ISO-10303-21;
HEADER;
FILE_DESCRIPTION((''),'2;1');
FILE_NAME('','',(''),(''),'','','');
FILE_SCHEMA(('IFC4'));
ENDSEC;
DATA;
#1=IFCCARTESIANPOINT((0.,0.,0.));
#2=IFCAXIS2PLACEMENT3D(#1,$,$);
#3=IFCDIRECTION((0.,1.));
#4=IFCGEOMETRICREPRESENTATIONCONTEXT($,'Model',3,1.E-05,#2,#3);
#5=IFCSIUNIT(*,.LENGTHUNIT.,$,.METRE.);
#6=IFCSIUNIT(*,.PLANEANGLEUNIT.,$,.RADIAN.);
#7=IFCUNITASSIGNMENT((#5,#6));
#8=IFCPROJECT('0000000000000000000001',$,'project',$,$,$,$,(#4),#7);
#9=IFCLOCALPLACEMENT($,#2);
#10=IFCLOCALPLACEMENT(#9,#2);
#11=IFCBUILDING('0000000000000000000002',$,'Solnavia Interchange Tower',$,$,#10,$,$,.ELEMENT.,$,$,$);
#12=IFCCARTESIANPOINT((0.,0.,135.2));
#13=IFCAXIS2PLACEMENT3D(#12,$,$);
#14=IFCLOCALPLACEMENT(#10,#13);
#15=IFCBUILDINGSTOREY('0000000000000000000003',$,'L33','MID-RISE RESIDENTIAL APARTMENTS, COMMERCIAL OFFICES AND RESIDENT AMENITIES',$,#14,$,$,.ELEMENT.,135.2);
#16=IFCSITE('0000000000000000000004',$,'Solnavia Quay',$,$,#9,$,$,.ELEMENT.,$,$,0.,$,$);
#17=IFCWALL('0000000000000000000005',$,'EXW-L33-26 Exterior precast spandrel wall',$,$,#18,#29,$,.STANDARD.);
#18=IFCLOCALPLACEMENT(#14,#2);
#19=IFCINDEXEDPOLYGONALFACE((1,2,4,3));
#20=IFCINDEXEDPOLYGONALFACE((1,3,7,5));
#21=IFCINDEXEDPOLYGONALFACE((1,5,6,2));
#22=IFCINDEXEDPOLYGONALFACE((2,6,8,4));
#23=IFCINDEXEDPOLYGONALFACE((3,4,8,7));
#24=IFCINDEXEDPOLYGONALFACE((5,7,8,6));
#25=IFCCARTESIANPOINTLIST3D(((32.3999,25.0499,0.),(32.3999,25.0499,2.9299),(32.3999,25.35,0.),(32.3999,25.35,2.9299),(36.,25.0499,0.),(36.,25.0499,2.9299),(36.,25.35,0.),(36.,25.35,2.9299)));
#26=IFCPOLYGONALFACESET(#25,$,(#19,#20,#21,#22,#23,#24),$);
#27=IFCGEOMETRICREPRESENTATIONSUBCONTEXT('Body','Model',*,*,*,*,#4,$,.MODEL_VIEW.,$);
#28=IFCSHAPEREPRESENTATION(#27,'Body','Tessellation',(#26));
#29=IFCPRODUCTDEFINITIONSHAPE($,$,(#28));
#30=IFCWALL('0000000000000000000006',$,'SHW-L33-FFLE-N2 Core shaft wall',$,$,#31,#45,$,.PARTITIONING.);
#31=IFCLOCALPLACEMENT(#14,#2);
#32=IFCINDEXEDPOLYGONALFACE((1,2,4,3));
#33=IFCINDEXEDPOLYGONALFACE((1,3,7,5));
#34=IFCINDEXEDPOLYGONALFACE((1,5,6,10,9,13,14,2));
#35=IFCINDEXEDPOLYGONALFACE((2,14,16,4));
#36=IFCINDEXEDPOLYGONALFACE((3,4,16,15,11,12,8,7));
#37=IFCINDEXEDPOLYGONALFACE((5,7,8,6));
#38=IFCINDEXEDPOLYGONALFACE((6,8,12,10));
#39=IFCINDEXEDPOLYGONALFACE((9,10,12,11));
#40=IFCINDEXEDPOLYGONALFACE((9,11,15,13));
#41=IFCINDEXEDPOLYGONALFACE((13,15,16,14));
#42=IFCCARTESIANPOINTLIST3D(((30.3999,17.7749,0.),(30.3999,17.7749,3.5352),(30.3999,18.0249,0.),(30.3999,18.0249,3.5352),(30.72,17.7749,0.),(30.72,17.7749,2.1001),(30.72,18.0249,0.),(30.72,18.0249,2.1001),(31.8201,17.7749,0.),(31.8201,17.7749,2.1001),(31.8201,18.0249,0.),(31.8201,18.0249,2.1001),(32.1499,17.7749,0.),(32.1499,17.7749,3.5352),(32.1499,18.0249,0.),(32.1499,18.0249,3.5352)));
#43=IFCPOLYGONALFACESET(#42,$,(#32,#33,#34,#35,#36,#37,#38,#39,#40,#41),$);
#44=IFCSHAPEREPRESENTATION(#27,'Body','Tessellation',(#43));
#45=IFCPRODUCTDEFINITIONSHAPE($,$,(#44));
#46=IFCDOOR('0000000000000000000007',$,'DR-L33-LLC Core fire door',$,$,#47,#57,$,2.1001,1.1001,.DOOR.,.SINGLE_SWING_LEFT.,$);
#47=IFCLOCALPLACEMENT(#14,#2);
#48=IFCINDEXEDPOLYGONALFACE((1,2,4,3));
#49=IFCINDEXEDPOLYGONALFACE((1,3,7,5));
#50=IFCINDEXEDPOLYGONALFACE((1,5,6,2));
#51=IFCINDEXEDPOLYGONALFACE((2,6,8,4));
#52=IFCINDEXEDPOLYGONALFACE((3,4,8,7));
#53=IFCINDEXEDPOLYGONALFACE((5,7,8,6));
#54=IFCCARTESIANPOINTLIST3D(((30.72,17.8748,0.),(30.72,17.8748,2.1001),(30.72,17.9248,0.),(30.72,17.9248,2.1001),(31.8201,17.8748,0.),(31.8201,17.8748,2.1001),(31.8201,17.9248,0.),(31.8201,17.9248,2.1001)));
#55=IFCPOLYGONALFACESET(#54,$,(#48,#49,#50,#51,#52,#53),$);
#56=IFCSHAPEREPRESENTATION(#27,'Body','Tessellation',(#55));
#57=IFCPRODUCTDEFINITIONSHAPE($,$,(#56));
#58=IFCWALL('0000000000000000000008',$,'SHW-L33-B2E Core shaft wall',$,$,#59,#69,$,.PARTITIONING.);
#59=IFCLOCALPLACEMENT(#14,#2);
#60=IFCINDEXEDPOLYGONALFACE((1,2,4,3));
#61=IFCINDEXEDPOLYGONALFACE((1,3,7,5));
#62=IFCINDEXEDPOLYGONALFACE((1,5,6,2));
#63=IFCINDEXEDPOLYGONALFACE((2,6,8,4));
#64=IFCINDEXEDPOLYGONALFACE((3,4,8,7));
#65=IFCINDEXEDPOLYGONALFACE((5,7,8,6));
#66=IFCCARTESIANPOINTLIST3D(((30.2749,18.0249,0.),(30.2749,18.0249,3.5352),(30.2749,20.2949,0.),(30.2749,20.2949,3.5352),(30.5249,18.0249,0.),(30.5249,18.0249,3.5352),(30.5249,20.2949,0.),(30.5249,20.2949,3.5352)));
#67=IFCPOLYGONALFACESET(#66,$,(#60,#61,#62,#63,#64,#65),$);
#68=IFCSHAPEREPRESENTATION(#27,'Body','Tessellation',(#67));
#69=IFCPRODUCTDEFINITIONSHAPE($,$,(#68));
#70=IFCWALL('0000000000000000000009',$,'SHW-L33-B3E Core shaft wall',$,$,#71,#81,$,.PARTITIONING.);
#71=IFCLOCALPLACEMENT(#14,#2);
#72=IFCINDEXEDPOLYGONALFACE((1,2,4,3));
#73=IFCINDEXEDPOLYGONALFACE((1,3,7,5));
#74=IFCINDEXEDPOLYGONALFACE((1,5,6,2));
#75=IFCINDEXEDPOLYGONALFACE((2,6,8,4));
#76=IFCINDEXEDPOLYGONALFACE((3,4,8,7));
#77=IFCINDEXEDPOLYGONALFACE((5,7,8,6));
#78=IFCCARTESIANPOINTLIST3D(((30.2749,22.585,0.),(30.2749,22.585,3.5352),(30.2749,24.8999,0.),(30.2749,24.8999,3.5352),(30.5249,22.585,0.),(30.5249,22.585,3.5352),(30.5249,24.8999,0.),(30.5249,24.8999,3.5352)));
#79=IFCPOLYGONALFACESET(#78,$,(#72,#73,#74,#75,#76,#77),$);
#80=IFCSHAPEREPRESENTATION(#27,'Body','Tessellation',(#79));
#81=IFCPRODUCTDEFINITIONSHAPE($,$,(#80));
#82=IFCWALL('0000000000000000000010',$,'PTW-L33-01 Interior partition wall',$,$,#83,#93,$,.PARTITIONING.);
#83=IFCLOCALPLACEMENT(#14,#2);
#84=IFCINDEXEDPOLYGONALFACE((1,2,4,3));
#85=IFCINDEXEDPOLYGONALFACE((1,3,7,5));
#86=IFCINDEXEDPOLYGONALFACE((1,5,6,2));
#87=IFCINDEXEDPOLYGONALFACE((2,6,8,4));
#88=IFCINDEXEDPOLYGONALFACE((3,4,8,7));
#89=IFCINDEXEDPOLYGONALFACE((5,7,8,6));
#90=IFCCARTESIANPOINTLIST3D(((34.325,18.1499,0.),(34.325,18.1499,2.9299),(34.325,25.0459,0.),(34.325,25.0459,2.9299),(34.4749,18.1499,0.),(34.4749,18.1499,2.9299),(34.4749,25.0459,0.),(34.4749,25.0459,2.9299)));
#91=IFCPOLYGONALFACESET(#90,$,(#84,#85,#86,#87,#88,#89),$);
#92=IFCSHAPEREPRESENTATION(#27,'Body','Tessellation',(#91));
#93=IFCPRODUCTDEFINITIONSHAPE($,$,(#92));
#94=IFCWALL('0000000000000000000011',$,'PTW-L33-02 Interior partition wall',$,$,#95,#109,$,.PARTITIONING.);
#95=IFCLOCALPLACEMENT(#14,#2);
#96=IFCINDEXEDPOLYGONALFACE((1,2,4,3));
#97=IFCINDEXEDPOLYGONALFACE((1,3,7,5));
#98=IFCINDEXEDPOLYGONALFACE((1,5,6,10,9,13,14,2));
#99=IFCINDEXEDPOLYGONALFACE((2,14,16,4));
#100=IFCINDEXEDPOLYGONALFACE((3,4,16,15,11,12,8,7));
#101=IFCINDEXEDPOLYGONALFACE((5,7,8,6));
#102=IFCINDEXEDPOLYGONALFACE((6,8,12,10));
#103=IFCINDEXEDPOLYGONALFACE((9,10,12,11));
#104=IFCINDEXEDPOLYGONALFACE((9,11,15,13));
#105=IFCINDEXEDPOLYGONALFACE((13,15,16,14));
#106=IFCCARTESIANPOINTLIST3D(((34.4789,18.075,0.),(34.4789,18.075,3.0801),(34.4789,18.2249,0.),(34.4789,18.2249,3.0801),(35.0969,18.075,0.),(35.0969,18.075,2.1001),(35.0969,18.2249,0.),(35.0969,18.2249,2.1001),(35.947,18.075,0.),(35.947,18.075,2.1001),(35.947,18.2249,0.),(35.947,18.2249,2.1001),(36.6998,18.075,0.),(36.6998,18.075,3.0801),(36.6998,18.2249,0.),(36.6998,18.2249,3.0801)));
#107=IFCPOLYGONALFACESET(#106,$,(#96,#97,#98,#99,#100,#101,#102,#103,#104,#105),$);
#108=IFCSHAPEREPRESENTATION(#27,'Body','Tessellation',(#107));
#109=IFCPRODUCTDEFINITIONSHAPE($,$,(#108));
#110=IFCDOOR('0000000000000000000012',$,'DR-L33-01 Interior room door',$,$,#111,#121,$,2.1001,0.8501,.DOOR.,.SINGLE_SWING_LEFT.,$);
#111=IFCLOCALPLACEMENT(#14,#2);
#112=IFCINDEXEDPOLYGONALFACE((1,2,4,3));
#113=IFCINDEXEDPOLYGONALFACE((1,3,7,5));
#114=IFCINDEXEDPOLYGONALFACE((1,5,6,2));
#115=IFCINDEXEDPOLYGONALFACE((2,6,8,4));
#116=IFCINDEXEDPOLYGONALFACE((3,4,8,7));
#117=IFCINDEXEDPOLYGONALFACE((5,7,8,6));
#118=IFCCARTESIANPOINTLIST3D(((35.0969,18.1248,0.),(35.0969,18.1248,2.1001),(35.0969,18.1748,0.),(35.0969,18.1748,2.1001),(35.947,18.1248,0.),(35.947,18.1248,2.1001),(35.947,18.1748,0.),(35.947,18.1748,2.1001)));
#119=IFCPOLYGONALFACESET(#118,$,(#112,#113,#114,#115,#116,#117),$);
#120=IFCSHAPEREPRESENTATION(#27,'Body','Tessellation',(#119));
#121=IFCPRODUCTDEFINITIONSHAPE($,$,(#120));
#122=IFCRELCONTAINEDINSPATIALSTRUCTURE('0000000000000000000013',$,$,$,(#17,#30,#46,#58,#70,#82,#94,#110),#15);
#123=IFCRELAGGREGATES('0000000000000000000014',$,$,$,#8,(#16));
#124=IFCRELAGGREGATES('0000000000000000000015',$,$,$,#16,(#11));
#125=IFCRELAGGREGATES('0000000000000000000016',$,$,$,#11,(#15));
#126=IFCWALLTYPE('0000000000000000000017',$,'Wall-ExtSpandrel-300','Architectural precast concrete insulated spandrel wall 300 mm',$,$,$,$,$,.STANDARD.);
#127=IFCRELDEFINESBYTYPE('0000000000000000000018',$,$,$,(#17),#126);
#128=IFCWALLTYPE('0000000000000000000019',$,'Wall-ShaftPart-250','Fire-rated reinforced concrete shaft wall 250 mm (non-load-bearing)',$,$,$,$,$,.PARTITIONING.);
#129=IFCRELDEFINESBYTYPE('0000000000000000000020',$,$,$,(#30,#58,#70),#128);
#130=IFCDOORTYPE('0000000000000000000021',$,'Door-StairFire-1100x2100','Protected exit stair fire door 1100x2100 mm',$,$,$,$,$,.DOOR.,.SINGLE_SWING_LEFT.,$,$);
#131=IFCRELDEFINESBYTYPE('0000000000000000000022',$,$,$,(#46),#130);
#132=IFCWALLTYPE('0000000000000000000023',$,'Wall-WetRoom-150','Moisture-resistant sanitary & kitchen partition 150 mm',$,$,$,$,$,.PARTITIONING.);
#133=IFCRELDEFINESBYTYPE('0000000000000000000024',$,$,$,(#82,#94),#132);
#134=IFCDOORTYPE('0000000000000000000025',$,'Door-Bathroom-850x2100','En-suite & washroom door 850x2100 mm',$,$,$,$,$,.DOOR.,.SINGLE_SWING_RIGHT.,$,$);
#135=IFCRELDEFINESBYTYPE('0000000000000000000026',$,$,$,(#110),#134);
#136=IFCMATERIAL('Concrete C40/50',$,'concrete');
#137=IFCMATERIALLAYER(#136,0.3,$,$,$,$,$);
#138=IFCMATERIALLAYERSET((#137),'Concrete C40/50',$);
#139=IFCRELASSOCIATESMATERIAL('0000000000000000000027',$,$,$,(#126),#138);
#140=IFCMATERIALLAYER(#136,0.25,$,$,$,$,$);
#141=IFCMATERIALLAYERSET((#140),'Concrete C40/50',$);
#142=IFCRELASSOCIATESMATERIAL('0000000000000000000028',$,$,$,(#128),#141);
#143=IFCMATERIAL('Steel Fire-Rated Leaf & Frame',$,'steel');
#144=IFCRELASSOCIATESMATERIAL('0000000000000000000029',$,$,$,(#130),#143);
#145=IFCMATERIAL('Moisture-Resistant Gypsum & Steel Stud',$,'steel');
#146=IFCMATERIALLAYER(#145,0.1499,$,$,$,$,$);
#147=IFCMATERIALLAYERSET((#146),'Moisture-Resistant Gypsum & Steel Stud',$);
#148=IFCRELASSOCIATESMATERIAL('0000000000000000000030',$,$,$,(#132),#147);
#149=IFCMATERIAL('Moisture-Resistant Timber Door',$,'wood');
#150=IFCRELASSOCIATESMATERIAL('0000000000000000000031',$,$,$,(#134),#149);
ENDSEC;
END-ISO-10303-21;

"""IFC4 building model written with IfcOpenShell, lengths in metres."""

from ifc_helpers import new_model, si_unit, direction, frame, frame_2d, origin, place, context, subcontext, project, spatial, rectangle, extrude, material, layer, layer_set, type_object, element, fill, save


model = new_model("IFC4")

# Units and contexts
model_context = context("Model", 3, precision=1e-05, world=origin(), true_north=direction((0.0, 1.0)))
body_context = subcontext(model_context, "Body", "Model", "MODEL_VIEW")
ifc_project = project(units=[si_unit("LENGTHUNIT", "METRE"), si_unit("PLANEANGLEUNIT", "RADIAN")], contexts=[model_context])

# Site, building, storey
site_placement = place(None, origin())
site = spatial("IfcSite", under=ifc_project, at=site_placement, Name="Solnavia Quay", CompositionType="ELEMENT", RefElevation=0.0)
building_placement = place(site_placement, origin())
building = spatial("IfcBuilding", under=site, at=building_placement, Name="Solnavia Interchange Tower", CompositionType="ELEMENT")
storey_placement = place(building_placement, frame((0.0, 0.0, 135.2)))
storey = spatial("IfcBuildingStorey", under=building, at=storey_placement, Name="L33", Description="MID-RISE RESIDENTIAL APARTMENTS, COMMERCIAL OFFICES AND RESIDENT AMENITIES", CompositionType="ELEMENT", Elevation=135.2)

# Shared definitions
ifc_material_1 = material(Name="Concrete C40/50", Category="concrete")
ifc_layer_1 = layer(ifc_material_1, 0.3)
ifc_layer_set_1 = layer_set([ifc_layer_1], Name="Concrete C40/50")
wall_type_1 = type_object("IfcWallType", Name="Wall-ExtSpandrel-300", Description="Architectural precast concrete insulated spandrel wall 300 mm", PredefinedType="STANDARD", material=ifc_layer_set_1)

# Wall
wall_1_placement = place(storey_placement, frame((32.3999, 25.2, 0.0), z_axis=(0.0, 0.0, 1.0), x_axis=(1.0, 0.0, 0.0)))
element("IfcWall", 1, at=wall_1_placement, inside=storey, type_object=wall_type_1, Name="EXW-L33-26 Exterior precast spandrel wall", PredefinedType="STANDARD", context=body_context, shape_type="SweptSolid", body=[
    extrude(rectangle(XDim=3.6001, YDim=0.3, at=frame_2d((1.8, 0.0))), origin(), (0.0, 0.0, 1.0), 2.9299),
])

# Wall, opening, door
ifc_layer_2 = layer(ifc_material_1, 0.25)
ifc_layer_set_2 = layer_set([ifc_layer_2], Name="Concrete C40/50")
wall_type_2 = type_object("IfcWallType", Name="Wall-ShaftPart-250", Description="Fire-rated reinforced concrete shaft wall 250 mm (non-load-bearing)", PredefinedType="PARTITIONING", material=ifc_layer_set_2)
wall_2_placement = place(storey_placement, frame((30.3999, 17.8999, 0.0), z_axis=(0.0, 0.0, 1.0), x_axis=(1.0, 0.0, 0.0)))
wall_2 = element("IfcWall", 2, at=wall_2_placement, inside=storey, type_object=wall_type_2, Name="SHW-L33-FFLE-N2 Core shaft wall", PredefinedType="PARTITIONING", context=body_context, shape_type="SweptSolid", body=[
    extrude(rectangle(XDim=1.75, YDim=0.25, at=frame_2d((0.875, 0.0))), origin(), (0.0, 0.0, 1.0), 3.5352),
])
opening_1_placement = place(wall_2_placement, frame((0.3201, 0.0, 0.0)))
opening_1 = element("IfcOpeningElement", 3, at=opening_1_placement, cuts=wall_2, PredefinedType="OPENING", context=body_context, shape_type="SweptSolid", body=[
    extrude(rectangle(XDim=1.1001, YDim=2.1001, at=frame_2d((0.55, 1.05))), frame((0.0, 0.135, 0.0), z_axis=(0.0, -1.0, 0.0), x_axis=(1.0, 0.0, 0.0)), (0.0, 0.0, 1.0), 0.27),
])
ifc_material_2 = material(Name="Steel Fire-Rated Leaf & Frame", Category="steel")
door_type_1 = type_object("IfcDoorType", Name="Door-StairFire-1100x2100", Description="Protected exit stair fire door 1100x2100 mm", OperationType="SINGLE_SWING_LEFT", PredefinedType="DOOR", material=ifc_material_2)
door_1_placement = place(opening_1_placement, origin())
door_1 = element("IfcDoor", 4, at=door_1_placement, inside=storey, type_object=door_type_1, Name="DR-L33-LLC Core fire door", OperationType="SINGLE_SWING_LEFT", OverallHeight=2.1001, OverallWidth=1.1001, PredefinedType="DOOR", context=body_context, shape_type="SweptSolid", body=[
    extrude(rectangle(XDim=1.1001, YDim=2.1001, at=frame_2d((0.55, 1.05))), frame((0.0, 0.0249, 0.0), z_axis=(0.0, -1.0, 0.0), x_axis=(1.0, 0.0, 0.0)), (0.0, 0.0, 1.0), 0.05),
])
fill(opening_1, door_1)

# Walls
wall_3_placement = place(storey_placement, frame((30.3999, 18.0249, 0.0), z_axis=(0.0, 0.0, 1.0), x_axis=(0.0, 1.0, 0.0)))
element("IfcWall", 5, at=wall_3_placement, inside=storey, type_object=wall_type_2, Name="SHW-L33-B2E Core shaft wall", PredefinedType="PARTITIONING", context=body_context, shape_type="SweptSolid", body=[
    extrude(rectangle(XDim=2.27, YDim=0.25, at=frame_2d((1.135, 0.0))), origin(), (0.0, 0.0, 1.0), 3.5352),
])
wall_4_placement = place(storey_placement, frame((30.3999, 22.585, 0.0), z_axis=(0.0, 0.0, 1.0), x_axis=(0.0, 1.0, 0.0)))
element("IfcWall", 6, at=wall_4_placement, inside=storey, type_object=wall_type_2, Name="SHW-L33-B3E Core shaft wall", PredefinedType="PARTITIONING", context=body_context, shape_type="SweptSolid", body=[
    extrude(rectangle(XDim=2.3149, YDim=0.25, at=frame_2d((1.1575, 0.0))), origin(), (0.0, 0.0, 1.0), 3.5352),
])
ifc_material_3 = material(Name="Moisture-Resistant Gypsum & Steel Stud", Category="steel")
ifc_layer_3 = layer(ifc_material_3, 0.1499)
ifc_layer_set_3 = layer_set([ifc_layer_3], Name="Moisture-Resistant Gypsum & Steel Stud")
wall_type_3 = type_object("IfcWallType", Name="Wall-WetRoom-150", Description="Moisture-resistant sanitary & kitchen partition 150 mm", PredefinedType="PARTITIONING", material=ifc_layer_set_3)
wall_5_placement = place(storey_placement, frame((34.3999, 18.1499, 0.0), z_axis=(0.0, 0.0, 1.0), x_axis=(0.0, 1.0, 0.0)))
element("IfcWall", 7, at=wall_5_placement, inside=storey, type_object=wall_type_3, Name="PTW-L33-01 Interior partition wall", PredefinedType="PARTITIONING", context=body_context, shape_type="SweptSolid", body=[
    extrude(rectangle(XDim=6.896, YDim=0.1499, at=frame_2d((3.448, 0.0))), origin(), (0.0, 0.0, 1.0), 2.9299),
])

# Wall, opening, door
wall_6_placement = place(storey_placement, frame((34.479, 18.1499, 0.0), z_axis=(0.0, 0.0, 1.0), x_axis=(1.0, 0.0, 0.0)))
wall_6 = element("IfcWall", 8, at=wall_6_placement, inside=storey, type_object=wall_type_3, Name="PTW-L33-02 Interior partition wall", PredefinedType="PARTITIONING", context=body_context, shape_type="SweptSolid", body=[
    extrude(rectangle(XDim=2.2209, YDim=0.1499, at=frame_2d((1.1104, 0.0))), origin(), (0.0, 0.0, 1.0), 3.0801),
])
opening_2_placement = place(wall_6_placement, frame((0.6179, 0.0, 0.0)))
opening_2 = element("IfcOpeningElement", 9, at=opening_2_placement, cuts=wall_6, PredefinedType="OPENING", context=body_context, shape_type="SweptSolid", body=[
    extrude(rectangle(XDim=0.8501, YDim=2.1001, at=frame_2d((0.425, 1.05))), frame((0.0, 0.085, 0.0), z_axis=(0.0, -1.0, 0.0), x_axis=(1.0, 0.0, 0.0)), (0.0, 0.0, 1.0), 0.1699),
])
ifc_material_4 = material(Name="Moisture-Resistant Timber Door", Category="wood")
door_type_2 = type_object("IfcDoorType", Name="Door-Bathroom-850x2100", Description="En-suite & washroom door 850x2100 mm", OperationType="SINGLE_SWING_RIGHT", PredefinedType="DOOR", material=ifc_material_4)
door_2_placement = place(opening_2_placement, origin())
door_2 = element("IfcDoor", 10, at=door_2_placement, inside=storey, type_object=door_type_2, Name="DR-L33-01 Interior room door", OperationType="SINGLE_SWING_LEFT", OverallHeight=2.1001, OverallWidth=0.8501, PredefinedType="DOOR", context=body_context, shape_type="SweptSolid", body=[
    extrude(rectangle(XDim=0.8501, YDim=2.1001, at=frame_2d((0.425, 1.05))), frame((0.0, 0.0249, 0.0), z_axis=(0.0, -1.0, 0.0), x_axis=(1.0, 0.0, 0.0)), (0.0, 0.0, 1.0), 0.05),
])
fill(opening_2, door_2)

save(model, "model.ifc")
